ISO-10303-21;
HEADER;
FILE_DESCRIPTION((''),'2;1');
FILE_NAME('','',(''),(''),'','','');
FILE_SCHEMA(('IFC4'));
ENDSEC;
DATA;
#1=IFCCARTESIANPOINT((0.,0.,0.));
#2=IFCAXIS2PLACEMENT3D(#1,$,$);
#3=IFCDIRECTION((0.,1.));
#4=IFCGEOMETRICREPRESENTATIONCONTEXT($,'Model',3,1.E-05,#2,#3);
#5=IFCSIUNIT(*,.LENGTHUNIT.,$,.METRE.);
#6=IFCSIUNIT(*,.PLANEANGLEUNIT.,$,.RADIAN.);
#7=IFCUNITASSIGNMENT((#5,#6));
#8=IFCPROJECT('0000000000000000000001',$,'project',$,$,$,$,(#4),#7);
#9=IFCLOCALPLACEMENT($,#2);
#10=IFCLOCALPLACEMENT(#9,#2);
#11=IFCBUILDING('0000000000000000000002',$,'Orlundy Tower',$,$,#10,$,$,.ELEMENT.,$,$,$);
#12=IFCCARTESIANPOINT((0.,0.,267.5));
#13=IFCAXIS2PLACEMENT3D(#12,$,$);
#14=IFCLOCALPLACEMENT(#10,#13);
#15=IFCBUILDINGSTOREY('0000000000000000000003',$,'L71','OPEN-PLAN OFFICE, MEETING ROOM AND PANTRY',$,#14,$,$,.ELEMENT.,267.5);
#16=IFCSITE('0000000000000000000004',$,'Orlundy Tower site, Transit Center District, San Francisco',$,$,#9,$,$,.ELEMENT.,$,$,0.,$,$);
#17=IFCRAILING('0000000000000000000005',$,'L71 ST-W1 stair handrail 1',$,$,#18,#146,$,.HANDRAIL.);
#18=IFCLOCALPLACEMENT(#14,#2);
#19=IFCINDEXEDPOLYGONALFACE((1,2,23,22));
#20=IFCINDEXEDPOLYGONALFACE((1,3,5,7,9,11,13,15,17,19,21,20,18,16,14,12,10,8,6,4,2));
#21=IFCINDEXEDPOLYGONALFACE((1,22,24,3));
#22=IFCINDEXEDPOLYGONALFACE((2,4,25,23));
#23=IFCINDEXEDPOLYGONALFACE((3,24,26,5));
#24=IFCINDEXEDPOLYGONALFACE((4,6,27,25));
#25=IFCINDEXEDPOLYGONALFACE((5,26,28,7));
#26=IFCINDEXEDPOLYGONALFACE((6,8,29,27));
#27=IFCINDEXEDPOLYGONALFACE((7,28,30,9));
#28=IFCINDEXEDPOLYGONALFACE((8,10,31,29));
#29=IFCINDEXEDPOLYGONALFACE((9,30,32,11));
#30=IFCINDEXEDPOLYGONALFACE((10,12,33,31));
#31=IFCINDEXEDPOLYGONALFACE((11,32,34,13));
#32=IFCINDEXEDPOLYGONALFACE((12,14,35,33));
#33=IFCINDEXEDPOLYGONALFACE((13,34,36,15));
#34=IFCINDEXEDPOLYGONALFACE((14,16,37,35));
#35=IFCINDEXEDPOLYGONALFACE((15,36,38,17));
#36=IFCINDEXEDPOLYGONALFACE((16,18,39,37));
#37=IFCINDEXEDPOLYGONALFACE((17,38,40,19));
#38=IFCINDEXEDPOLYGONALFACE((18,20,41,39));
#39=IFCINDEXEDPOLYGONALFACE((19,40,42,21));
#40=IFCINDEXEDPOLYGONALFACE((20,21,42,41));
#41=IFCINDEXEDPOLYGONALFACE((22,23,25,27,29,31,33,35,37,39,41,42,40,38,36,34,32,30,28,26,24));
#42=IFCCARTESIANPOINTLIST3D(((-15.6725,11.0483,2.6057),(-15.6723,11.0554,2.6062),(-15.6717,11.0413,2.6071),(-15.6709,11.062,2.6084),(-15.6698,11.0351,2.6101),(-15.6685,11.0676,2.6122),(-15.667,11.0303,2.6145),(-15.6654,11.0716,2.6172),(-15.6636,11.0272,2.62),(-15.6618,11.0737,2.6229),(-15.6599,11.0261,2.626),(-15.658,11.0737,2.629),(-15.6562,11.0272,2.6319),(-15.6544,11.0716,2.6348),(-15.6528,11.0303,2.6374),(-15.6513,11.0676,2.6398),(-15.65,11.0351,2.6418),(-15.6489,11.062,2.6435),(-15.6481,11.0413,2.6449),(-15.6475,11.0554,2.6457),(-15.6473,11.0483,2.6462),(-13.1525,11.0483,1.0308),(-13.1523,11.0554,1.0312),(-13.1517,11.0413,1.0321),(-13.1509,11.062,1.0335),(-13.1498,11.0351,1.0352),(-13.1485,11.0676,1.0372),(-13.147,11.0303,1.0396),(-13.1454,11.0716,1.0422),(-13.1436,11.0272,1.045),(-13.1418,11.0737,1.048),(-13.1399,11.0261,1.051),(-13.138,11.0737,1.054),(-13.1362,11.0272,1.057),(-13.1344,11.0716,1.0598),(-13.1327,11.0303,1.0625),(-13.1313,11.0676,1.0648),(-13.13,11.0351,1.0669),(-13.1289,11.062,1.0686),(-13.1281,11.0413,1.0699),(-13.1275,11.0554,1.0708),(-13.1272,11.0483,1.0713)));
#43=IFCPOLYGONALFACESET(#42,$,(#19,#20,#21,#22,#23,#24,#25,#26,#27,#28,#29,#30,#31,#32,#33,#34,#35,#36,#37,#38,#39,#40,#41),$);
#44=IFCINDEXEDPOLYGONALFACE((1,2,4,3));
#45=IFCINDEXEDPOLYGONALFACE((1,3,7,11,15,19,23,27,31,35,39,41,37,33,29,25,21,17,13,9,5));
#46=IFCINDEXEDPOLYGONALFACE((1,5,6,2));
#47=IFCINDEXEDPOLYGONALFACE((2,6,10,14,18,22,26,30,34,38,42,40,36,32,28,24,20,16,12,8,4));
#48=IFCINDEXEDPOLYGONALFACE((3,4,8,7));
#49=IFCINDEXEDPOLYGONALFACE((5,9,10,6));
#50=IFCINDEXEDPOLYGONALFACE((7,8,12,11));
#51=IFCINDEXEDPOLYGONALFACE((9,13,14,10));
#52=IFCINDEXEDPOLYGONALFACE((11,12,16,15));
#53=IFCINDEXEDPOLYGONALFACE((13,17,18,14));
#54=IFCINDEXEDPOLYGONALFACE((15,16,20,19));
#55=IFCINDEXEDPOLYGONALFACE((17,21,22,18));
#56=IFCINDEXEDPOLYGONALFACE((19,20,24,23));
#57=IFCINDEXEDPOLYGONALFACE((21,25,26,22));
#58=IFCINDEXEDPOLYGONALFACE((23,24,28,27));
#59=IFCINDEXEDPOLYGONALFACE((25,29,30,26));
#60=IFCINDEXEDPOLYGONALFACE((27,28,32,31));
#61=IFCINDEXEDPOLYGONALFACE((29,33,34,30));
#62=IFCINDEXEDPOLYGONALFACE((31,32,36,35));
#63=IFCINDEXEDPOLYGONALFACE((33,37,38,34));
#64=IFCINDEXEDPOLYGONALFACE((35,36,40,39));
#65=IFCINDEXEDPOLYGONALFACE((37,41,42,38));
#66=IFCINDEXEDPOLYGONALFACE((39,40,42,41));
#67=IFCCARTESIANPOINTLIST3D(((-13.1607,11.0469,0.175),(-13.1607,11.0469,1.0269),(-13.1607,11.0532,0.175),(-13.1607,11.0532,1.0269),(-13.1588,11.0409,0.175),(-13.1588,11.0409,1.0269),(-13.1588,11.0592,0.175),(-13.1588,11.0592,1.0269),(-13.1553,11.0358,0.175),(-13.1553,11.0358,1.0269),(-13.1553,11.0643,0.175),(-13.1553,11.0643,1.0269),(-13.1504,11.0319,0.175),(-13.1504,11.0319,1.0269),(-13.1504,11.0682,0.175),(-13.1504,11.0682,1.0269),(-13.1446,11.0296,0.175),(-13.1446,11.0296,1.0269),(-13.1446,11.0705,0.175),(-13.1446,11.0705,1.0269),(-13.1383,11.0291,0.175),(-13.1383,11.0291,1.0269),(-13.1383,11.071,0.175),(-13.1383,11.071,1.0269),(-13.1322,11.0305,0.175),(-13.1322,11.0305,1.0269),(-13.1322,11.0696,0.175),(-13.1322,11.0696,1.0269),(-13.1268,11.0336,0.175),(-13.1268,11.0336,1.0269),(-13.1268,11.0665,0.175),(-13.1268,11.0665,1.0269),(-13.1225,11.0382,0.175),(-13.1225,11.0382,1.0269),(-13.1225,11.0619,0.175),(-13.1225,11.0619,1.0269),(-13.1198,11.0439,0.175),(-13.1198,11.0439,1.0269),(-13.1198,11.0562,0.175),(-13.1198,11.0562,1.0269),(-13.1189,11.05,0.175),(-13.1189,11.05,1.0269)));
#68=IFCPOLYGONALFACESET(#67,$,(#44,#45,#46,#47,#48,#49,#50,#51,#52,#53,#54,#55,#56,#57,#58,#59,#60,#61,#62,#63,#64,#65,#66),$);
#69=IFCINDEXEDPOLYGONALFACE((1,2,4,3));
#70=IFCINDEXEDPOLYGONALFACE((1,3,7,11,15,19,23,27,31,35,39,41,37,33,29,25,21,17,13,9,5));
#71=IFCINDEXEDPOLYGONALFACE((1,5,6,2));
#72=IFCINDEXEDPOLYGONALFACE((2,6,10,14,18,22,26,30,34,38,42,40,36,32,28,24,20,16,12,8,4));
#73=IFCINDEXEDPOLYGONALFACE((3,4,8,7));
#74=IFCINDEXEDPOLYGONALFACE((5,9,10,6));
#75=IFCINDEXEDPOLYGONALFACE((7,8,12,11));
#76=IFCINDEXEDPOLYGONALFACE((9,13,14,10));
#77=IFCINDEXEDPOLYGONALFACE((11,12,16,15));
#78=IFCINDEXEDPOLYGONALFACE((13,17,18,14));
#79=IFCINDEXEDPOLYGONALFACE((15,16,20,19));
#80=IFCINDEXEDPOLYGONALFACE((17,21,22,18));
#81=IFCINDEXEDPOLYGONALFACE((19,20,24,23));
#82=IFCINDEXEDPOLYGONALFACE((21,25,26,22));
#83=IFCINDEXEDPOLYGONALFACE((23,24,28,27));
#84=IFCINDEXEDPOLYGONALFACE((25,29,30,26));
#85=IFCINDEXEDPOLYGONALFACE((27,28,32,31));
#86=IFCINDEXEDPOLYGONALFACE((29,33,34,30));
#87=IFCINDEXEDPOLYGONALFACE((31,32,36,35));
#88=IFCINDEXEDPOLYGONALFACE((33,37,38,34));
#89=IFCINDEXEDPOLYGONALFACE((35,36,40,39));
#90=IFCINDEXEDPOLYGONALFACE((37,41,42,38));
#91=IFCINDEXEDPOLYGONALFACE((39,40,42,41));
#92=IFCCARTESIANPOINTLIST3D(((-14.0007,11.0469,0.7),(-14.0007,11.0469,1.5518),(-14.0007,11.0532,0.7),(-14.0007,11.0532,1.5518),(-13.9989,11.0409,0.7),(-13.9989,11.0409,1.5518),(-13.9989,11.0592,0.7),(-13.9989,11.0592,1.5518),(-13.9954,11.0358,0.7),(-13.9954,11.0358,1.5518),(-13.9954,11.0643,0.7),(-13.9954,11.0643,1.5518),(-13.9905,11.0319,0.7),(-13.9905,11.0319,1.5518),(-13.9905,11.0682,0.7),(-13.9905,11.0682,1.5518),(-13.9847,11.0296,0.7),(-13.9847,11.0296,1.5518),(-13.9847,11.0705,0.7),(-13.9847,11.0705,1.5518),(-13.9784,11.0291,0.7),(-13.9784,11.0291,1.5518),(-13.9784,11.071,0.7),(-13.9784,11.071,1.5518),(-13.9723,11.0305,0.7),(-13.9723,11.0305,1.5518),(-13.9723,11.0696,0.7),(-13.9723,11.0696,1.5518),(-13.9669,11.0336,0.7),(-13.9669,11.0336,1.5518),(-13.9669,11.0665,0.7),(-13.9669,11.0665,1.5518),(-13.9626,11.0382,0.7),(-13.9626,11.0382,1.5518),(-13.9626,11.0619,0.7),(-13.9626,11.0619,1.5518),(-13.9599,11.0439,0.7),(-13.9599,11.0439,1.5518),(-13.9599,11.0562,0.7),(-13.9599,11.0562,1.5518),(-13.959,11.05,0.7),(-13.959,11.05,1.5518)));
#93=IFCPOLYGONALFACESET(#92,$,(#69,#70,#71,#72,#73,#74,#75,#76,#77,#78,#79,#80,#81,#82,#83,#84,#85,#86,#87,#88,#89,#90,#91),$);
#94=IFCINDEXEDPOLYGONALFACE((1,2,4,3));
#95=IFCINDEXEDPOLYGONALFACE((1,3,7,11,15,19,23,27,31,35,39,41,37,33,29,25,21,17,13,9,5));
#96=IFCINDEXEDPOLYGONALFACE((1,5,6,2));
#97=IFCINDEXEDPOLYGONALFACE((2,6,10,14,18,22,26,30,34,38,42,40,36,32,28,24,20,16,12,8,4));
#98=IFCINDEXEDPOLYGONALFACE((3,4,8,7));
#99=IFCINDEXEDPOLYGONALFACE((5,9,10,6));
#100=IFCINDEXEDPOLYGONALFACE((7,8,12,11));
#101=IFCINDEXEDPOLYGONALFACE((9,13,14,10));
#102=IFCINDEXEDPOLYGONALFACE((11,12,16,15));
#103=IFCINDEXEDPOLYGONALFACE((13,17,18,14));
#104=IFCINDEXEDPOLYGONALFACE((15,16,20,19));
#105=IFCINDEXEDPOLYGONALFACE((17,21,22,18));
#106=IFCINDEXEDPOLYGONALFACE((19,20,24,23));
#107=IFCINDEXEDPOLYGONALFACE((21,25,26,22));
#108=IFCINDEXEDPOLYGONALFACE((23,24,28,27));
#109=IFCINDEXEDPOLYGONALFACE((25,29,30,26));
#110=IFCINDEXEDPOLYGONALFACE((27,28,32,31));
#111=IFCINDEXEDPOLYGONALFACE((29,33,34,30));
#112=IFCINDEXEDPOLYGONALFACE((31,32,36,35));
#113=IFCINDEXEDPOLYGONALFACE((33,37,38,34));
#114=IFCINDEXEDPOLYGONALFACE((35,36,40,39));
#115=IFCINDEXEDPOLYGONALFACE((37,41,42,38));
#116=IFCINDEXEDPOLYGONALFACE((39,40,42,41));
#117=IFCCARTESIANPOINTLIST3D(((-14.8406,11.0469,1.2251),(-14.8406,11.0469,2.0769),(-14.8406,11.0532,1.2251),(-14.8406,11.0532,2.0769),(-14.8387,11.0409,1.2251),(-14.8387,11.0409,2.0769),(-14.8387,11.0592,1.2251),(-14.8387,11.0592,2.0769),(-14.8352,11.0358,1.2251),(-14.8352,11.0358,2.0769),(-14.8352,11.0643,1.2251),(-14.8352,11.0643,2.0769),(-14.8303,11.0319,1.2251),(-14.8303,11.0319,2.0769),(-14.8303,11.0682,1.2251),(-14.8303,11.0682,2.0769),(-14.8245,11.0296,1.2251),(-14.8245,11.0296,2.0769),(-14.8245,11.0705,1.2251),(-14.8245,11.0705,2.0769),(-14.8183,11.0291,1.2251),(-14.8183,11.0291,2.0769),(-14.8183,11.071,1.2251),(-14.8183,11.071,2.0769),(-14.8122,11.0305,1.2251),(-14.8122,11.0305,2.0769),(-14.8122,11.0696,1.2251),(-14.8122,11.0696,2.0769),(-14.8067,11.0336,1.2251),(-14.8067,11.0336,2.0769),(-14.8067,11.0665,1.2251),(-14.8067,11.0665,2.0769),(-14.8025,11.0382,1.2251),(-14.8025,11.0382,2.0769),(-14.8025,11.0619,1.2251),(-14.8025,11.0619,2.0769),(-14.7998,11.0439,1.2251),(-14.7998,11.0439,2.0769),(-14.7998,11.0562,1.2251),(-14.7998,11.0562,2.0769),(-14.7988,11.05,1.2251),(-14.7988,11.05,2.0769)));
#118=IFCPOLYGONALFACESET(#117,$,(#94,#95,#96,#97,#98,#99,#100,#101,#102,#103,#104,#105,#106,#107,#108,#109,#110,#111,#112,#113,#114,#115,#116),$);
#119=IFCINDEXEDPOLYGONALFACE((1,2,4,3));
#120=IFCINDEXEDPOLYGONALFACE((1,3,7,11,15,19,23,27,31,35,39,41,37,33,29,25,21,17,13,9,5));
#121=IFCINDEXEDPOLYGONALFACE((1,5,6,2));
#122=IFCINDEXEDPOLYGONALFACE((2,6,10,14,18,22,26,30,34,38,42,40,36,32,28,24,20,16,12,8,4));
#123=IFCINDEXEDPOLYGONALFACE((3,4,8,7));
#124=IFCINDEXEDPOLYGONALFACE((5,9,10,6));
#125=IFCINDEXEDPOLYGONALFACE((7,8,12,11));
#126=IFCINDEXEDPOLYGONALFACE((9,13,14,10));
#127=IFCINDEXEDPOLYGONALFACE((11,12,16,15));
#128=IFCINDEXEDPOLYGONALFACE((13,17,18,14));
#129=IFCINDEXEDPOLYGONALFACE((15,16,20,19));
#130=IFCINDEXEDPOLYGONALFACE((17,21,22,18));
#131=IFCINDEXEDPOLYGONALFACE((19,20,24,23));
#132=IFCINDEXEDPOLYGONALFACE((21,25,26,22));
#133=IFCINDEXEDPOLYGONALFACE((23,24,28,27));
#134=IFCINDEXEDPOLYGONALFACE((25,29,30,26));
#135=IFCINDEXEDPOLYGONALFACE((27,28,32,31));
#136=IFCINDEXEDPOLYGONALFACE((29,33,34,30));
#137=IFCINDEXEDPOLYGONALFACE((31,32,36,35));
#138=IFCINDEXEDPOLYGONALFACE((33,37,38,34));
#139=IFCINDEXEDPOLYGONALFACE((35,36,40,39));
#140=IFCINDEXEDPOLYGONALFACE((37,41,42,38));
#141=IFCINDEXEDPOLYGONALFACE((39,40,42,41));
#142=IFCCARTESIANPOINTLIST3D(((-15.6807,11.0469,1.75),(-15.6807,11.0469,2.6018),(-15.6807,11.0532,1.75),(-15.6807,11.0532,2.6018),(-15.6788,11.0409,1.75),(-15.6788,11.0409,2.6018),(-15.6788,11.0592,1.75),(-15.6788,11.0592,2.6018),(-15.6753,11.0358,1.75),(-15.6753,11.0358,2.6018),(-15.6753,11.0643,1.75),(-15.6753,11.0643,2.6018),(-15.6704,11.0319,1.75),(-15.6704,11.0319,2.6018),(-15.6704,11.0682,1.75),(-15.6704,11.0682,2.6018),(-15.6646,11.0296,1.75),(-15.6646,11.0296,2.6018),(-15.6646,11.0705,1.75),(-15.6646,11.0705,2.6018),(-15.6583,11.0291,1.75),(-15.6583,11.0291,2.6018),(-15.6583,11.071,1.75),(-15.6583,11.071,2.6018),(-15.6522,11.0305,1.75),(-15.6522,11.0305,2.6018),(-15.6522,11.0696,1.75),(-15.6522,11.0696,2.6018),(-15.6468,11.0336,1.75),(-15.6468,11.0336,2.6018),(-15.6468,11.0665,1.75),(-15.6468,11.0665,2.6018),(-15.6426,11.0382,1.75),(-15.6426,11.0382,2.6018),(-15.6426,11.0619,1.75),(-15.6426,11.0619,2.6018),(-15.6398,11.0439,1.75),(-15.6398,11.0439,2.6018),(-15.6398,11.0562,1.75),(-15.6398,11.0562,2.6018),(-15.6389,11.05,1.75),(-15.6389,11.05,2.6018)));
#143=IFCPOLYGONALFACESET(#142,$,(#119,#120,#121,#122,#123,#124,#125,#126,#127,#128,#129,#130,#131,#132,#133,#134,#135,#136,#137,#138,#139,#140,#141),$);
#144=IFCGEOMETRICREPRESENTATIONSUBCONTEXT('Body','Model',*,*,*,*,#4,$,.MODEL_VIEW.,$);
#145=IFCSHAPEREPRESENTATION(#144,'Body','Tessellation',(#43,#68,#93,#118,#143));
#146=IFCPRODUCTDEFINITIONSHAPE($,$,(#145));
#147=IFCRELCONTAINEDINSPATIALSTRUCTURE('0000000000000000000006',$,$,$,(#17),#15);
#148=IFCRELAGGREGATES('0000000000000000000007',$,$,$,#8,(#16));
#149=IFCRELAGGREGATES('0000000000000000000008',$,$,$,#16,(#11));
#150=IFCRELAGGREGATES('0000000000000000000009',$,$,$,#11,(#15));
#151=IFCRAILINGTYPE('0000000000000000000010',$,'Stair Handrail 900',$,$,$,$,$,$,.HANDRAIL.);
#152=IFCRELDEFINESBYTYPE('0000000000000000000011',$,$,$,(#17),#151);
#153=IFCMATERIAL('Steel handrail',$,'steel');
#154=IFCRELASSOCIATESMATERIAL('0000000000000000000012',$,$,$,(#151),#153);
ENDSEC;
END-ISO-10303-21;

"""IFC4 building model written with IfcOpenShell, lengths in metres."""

from ifc_helpers import new_model, si_unit, direction, frame, origin, origin_2d, place, context, subcontext, project, spatial, circle, extrude, material, type_object, element, save


model = new_model("IFC4")

# Units and contexts
model_context = context("Model", 3, precision=1e-05, world=origin(), true_north=direction((0.0, 1.0)))
body_context = subcontext(model_context, "Body", "Model", "MODEL_VIEW")
ifc_project = project(units=[si_unit("LENGTHUNIT", "METRE"), si_unit("PLANEANGLEUNIT", "RADIAN")], contexts=[model_context])

# Site, building, storey
site_placement = place(None, origin())
site = spatial("IfcSite", under=ifc_project, at=site_placement, Name="Orlundy Tower site, Transit Center District, San Francisco", CompositionType="ELEMENT", RefElevation=0.0)
building_placement = place(site_placement, origin())
building = spatial("IfcBuilding", under=site, at=building_placement, Name="Orlundy Tower", CompositionType="ELEMENT")
storey_placement = place(building_placement, frame((0.0, 0.0, 267.5)))
storey = spatial("IfcBuildingStorey", under=building, at=storey_placement, Name="L71", Description="OPEN-PLAN OFFICE, MEETING ROOM AND PANTRY", CompositionType="ELEMENT", Elevation=267.5)

# Railing
ifc_material_1 = material(Name="Steel handrail", Category="steel")
railing_type = type_object("IfcRailingType", Name="Stair Handrail 900", PredefinedType="HANDRAIL", material=ifc_material_1)
railing_placement = place(storey_placement, frame((-13.1399, 11.05, 0.175)))
element("IfcRailing", 1, at=railing_placement, inside=storey, type_object=railing_type, Name="L71 ST-W1 stair handrail 1", PredefinedType="HANDRAIL", context=body_context, shape_type="SweptSolid", body=[
    extrude(circle(Radius=0.0239, at=origin_2d()), frame((0.0, 0.0, 0.876), z_axis=(-0.848008, 0.0, 0.529984), x_axis=(0.0, -1.0, 0.0)), (0.0, 0.0, 1.0), 2.9717),
    extrude(circle(Radius=0.021, at=origin_2d()), origin(), (0.0, 0.0, 1.0), 0.8518),
    extrude(circle(Radius=0.021, at=origin_2d()), frame((-0.8401, 0.0, 0.5249)), (0.0, 0.0, 1.0), 0.8518),
    extrude(circle(Radius=0.021, at=origin_2d()), frame((-1.6799, 0.0, 1.05)), (0.0, 0.0, 1.0), 0.8518),
    extrude(circle(Radius=0.021, at=origin_2d()), frame((-2.52, 0.0, 1.575)), (0.0, 0.0, 1.0), 0.8518),
])

save(model, "model.ifc")
